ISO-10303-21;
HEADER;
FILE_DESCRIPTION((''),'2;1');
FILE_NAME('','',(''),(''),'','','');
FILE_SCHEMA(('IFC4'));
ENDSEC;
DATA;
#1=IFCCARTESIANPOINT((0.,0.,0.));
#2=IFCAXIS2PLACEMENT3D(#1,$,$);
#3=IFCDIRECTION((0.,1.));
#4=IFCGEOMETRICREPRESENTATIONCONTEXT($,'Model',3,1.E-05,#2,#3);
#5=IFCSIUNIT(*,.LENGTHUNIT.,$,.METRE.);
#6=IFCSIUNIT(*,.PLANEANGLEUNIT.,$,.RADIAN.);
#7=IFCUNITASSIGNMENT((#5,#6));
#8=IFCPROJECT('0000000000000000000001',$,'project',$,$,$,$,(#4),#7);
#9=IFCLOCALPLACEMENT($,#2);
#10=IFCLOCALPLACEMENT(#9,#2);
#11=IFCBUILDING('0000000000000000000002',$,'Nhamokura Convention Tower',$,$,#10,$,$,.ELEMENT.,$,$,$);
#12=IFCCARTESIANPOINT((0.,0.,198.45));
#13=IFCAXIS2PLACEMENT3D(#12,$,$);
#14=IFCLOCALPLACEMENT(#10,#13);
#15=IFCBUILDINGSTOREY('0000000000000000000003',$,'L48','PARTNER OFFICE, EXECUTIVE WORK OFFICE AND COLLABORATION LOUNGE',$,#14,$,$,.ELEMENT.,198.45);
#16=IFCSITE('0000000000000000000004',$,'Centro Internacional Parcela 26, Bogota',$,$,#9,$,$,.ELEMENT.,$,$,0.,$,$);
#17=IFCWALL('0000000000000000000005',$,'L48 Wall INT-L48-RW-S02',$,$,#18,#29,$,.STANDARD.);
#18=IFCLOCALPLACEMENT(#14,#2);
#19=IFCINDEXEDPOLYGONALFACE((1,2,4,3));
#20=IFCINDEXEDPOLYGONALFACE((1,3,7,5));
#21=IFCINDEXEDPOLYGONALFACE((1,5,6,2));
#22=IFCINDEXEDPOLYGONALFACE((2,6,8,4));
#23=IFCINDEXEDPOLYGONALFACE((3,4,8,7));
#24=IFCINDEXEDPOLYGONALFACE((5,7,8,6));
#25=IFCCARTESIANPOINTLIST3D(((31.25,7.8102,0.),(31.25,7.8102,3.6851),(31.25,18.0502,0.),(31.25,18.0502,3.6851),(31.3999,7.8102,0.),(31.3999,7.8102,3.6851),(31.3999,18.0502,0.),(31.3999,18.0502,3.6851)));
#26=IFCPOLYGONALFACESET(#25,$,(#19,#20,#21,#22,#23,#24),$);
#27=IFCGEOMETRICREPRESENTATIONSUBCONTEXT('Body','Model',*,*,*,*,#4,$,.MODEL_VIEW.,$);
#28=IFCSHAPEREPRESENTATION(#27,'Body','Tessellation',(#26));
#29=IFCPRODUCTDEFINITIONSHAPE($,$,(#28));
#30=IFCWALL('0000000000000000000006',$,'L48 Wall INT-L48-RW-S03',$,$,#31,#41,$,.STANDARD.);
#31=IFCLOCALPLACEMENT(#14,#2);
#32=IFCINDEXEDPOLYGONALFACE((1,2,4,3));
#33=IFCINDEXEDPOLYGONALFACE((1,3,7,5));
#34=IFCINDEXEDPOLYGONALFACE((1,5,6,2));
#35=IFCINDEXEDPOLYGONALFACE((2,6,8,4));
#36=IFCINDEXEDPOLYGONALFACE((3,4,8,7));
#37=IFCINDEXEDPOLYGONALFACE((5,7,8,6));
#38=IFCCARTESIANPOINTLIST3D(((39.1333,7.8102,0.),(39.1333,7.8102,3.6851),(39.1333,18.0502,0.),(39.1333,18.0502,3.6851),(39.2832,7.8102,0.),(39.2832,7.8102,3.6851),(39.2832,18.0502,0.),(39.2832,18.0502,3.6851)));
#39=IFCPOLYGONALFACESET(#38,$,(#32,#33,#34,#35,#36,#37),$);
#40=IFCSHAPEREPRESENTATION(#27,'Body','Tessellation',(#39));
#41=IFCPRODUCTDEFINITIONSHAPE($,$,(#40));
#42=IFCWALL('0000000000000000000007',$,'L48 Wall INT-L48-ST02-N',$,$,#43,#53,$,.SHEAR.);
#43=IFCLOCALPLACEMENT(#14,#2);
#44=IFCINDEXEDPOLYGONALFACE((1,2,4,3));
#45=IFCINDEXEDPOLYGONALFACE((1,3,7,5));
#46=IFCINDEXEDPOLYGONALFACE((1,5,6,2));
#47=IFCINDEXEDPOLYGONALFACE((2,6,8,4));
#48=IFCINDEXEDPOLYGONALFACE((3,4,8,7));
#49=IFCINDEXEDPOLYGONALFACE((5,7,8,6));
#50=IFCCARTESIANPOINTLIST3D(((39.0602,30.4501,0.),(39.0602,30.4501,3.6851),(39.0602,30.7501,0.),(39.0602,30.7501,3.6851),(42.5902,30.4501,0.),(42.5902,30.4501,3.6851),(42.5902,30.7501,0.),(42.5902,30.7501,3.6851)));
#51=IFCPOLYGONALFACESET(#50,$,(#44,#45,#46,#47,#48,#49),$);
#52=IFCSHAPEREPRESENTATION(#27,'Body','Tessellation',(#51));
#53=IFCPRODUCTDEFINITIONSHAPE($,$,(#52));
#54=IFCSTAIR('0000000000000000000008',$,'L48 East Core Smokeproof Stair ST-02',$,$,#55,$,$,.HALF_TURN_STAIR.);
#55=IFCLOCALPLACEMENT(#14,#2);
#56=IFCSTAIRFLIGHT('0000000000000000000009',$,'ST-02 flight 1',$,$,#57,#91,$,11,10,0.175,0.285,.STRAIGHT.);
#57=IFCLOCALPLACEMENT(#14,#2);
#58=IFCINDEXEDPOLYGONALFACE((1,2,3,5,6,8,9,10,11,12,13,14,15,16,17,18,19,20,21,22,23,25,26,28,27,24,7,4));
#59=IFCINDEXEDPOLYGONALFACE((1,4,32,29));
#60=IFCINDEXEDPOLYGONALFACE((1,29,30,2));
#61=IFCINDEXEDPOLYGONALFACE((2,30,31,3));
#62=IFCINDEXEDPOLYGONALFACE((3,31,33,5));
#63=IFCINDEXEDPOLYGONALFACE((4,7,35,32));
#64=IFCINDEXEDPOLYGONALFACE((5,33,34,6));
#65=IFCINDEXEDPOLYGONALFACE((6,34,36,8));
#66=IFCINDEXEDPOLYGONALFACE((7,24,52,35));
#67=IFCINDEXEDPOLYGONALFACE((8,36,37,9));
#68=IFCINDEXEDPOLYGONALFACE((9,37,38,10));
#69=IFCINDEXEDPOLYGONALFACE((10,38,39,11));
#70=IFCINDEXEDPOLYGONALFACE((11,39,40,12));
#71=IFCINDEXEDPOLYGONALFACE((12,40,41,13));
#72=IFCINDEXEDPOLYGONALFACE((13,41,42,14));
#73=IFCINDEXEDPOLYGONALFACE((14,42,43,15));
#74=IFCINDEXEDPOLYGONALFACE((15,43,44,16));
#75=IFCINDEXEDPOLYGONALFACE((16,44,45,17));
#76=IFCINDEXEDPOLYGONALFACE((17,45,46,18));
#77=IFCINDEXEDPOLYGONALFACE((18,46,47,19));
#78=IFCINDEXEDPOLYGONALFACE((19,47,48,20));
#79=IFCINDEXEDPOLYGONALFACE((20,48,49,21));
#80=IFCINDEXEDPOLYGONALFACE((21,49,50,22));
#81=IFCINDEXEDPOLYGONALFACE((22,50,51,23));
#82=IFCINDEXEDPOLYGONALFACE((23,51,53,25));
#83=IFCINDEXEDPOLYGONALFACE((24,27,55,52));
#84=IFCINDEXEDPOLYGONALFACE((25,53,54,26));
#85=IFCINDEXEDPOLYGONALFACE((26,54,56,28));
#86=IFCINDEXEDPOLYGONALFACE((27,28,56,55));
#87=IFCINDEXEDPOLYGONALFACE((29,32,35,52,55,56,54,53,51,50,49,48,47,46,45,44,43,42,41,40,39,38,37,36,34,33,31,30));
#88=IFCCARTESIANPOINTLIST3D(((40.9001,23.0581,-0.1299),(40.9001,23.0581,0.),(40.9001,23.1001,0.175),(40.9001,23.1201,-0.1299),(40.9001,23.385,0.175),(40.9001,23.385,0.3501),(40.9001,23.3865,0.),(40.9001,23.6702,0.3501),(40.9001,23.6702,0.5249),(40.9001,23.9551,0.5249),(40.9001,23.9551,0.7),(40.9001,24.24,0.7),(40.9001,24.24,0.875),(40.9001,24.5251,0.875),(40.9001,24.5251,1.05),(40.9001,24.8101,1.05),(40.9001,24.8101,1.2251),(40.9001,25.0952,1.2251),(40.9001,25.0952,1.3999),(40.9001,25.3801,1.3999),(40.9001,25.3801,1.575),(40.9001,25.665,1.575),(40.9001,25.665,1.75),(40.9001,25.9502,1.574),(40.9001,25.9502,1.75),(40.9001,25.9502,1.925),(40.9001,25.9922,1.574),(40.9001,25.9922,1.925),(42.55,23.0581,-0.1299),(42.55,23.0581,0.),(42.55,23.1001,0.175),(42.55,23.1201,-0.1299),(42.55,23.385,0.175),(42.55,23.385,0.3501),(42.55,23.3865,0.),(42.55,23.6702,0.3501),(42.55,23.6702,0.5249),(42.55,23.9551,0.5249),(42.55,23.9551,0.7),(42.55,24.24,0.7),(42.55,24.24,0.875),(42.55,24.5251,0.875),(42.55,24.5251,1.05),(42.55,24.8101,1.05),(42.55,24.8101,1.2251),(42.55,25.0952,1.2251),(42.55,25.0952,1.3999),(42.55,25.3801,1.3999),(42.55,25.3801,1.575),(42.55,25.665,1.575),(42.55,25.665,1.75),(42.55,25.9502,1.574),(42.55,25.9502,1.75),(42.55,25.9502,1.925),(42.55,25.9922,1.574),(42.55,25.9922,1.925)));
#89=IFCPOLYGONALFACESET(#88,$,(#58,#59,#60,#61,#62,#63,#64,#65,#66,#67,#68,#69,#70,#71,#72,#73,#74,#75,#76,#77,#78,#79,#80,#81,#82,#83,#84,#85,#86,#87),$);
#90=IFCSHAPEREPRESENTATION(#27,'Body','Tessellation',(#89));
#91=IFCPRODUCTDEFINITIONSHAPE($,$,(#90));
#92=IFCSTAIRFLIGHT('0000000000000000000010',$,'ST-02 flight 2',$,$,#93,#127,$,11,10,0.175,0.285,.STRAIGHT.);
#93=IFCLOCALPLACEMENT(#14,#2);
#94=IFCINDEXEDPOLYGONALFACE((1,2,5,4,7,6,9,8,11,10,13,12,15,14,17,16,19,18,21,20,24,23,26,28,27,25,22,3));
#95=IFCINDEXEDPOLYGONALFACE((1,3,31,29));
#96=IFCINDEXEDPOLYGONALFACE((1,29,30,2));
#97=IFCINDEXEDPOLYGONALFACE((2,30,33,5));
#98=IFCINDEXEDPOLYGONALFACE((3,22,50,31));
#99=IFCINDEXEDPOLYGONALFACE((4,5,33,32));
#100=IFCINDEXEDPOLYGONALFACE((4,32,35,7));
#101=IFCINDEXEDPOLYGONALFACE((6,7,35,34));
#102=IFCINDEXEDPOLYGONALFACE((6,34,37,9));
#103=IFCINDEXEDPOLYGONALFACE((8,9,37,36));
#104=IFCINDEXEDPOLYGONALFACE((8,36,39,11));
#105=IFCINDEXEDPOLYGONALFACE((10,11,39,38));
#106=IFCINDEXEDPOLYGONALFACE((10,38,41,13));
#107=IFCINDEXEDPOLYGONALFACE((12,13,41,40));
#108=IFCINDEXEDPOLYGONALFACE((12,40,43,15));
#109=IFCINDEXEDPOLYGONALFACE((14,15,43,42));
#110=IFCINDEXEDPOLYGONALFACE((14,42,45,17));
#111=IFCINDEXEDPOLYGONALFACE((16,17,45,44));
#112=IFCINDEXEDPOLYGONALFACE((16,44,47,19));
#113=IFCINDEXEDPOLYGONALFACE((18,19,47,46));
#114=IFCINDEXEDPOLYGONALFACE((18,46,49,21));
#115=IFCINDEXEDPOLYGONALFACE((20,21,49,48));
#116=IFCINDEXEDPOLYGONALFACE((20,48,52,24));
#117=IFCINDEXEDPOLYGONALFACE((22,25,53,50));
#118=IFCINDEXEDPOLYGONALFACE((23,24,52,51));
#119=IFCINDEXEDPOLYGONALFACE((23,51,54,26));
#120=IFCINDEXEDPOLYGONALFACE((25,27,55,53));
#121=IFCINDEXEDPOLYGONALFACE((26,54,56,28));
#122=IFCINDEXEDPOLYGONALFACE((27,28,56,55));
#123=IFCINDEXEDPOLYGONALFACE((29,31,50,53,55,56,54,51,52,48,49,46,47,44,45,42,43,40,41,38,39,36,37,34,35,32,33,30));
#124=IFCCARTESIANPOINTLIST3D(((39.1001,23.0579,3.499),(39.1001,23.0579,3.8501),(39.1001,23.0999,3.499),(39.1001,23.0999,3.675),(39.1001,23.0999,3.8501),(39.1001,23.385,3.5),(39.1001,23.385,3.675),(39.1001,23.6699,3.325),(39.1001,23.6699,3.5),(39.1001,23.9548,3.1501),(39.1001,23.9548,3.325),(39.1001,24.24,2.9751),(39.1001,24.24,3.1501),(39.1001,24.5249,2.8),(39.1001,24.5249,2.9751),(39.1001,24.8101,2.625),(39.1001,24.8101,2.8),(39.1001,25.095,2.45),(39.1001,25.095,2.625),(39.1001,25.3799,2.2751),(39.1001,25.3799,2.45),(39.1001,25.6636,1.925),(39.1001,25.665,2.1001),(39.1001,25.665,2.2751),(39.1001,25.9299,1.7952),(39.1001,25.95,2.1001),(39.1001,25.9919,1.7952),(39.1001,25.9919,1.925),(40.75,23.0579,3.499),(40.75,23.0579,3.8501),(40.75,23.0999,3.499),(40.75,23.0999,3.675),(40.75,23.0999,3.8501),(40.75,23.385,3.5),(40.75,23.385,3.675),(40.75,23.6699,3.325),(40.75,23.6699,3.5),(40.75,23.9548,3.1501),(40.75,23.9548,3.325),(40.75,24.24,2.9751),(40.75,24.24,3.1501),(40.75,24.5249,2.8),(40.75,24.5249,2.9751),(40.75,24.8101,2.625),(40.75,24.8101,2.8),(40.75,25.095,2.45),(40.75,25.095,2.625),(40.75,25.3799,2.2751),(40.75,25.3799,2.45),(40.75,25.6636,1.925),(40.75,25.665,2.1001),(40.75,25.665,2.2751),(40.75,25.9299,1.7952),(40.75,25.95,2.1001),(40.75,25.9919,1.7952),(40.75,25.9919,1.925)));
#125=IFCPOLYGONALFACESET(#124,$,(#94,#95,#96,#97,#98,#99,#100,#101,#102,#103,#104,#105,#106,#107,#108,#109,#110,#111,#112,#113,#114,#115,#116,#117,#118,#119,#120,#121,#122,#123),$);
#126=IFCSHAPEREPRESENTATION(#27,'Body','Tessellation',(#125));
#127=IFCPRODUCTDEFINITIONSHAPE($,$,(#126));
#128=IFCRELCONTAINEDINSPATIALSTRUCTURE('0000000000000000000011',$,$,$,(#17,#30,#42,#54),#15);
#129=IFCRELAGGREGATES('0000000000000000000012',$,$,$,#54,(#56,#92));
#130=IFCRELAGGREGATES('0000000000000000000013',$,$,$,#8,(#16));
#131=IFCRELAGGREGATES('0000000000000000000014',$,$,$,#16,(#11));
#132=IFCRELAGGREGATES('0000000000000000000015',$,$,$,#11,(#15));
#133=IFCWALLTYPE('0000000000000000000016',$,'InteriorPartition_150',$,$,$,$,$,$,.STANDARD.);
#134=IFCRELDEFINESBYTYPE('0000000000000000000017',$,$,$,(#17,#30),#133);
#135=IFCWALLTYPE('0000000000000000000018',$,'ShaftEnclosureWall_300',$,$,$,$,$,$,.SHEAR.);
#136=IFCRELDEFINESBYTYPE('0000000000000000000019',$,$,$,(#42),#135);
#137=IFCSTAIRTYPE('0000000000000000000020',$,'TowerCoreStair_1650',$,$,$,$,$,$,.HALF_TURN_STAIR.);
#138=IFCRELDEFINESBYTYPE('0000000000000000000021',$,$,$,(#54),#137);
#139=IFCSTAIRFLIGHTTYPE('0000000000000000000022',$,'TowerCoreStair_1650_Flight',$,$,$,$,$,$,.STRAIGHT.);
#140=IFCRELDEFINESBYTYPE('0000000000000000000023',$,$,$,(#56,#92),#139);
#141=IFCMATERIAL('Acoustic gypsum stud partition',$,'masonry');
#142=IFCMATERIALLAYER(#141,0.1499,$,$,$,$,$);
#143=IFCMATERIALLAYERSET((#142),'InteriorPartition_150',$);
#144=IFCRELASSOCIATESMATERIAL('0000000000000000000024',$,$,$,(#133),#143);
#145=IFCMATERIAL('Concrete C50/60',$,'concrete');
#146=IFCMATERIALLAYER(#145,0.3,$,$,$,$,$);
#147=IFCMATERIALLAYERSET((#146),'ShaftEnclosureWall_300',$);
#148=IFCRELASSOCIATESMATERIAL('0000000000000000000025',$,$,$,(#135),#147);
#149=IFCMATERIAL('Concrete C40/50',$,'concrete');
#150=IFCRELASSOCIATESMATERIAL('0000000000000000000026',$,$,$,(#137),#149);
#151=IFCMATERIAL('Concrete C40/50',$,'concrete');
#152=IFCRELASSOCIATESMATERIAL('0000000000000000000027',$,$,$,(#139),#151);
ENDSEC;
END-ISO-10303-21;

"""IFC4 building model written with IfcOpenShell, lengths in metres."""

from ifc_helpers import new_model, si_unit, direction, frame, frame_2d, origin, place, context, subcontext, project, spatial, polyline, rectangle, outline, extrude, material, layer, layer_set, type_object, element, aggregate, save


model = new_model("IFC4")

# Units and contexts
model_context = context("Model", 3, precision=1e-05, world=origin(), true_north=direction((0.0, 1.0)))
body_context = subcontext(model_context, "Body", "Model", "MODEL_VIEW")
ifc_project = project(units=[si_unit("LENGTHUNIT", "METRE"), si_unit("PLANEANGLEUNIT", "RADIAN")], contexts=[model_context])

# Site, building, storey
site_placement = place(None, origin())
site = spatial("IfcSite", under=ifc_project, at=site_placement, Name="Centro Internacional Parcela 26, Bogota", CompositionType="ELEMENT", RefElevation=0.0)
building_placement = place(site_placement, origin())
building = spatial("IfcBuilding", under=site, at=building_placement, Name="Nhamokura Convention Tower", CompositionType="ELEMENT")
storey_placement = place(building_placement, frame((0.0, 0.0, 198.45)))
storey = spatial("IfcBuildingStorey", under=building, at=storey_placement, Name="L48", Description="PARTNER OFFICE, EXECUTIVE WORK OFFICE AND COLLABORATION LOUNGE", CompositionType="ELEMENT", Elevation=198.45)

# Walls
ifc_material_1 = material(Name="Acoustic gypsum stud partition", Category="masonry")
ifc_layer_1 = layer(ifc_material_1, 0.1499)
ifc_layer_set_1 = layer_set([ifc_layer_1], Name="InteriorPartition_150")
wall_type_1 = type_object("IfcWallType", Name="InteriorPartition_150", PredefinedType="STANDARD", material=ifc_layer_set_1)
for number, where, z_axis, x_axis, name in (
    (1, (31.325, 7.8101, 0.0), (0.0, 0.0, 1.0), (0.0, 1.0, 0.0), "L48 Wall INT-L48-RW-S02"),
    (2, (39.2083, 7.8101, 0.0), (0.0, 0.0, 1.0), (0.0, 1.0, 0.0), "L48 Wall INT-L48-RW-S03"),
):
    element("IfcWall", number, at=place(storey_placement, frame(where, z_axis=z_axis, x_axis=x_axis)), inside=storey, type_object=wall_type_1, Name=name, PredefinedType="STANDARD", context=body_context, shape_type="SweptSolid", body=[
        extrude(rectangle(XDim=10.24, YDim=0.1499, at=frame_2d((5.1201, 0.0))), origin(), (0.0, 0.0, 1.0), 3.6851),
    ])
ifc_material_2 = material(Name="Concrete C50/60", Category="concrete")
ifc_layer_2 = layer(ifc_material_2, 0.3)
ifc_layer_set_2 = layer_set([ifc_layer_2], Name="ShaftEnclosureWall_300")
wall_type_2 = type_object("IfcWallType", Name="ShaftEnclosureWall_300", PredefinedType="SHEAR", material=ifc_layer_set_2)
wall_1_placement = place(storey_placement, frame((39.0601, 30.6001, 0.0), z_axis=(0.0, 0.0, 1.0), x_axis=(1.0, 0.0, 0.0)))
element("IfcWall", 3, at=wall_1_placement, inside=storey, type_object=wall_type_2, Name="L48 Wall INT-L48-ST02-N", PredefinedType="SHEAR", context=body_context, shape_type="SweptSolid", body=[
    extrude(rectangle(XDim=3.53, YDim=0.3, at=frame_2d((1.7651, 0.0))), origin(), (0.0, 0.0, 1.0), 3.6851),
])

# Stair, stair flights
ifc_material_3 = material(Name="Concrete C40/50", Category="concrete")
stair_type = type_object("IfcStairType", Name="TowerCoreStair_1650", PredefinedType="HALF_TURN_STAIR", material=ifc_material_3)
stair_placement = place(storey_placement, origin())
stair = element("IfcStair", 4, at=stair_placement, inside=storey, type_object=stair_type, Name="L48 East Core Smokeproof Stair ST-02", PredefinedType="HALF_TURN_STAIR")
ifc_material_4 = material(Name="Concrete C40/50", Category="concrete")
stair_flight_type = type_object("IfcStairFlightType", Name="TowerCoreStair_1650_Flight", PredefinedType="STRAIGHT", material=ifc_material_4)
stair_flight_1_placement = place(storey_placement, frame((41.7251, 23.1001, 0.0), z_axis=(0.0, 0.0, 1.0), x_axis=(0.0, 1.0, 0.0)))
stair_flight_1 = element("IfcStairFlight", 5, at=stair_flight_1_placement, type_object=stair_flight_type, Name="ST-02 flight 1", NumberOfRisers=11, NumberOfTreads=10, PredefinedType="STRAIGHT", RiserHeight=0.175, TreadLength=0.285, context=body_context, shape_type="SweptSolid", body=[
    extrude(outline(polyline([(-0.042, 0.0), (0.0, 0.175), (0.2849, 0.175), (0.2849, 0.3501), (0.5701, 0.3501), (0.5701, 0.5249), (0.855, 0.5249), (0.855, 0.7), (1.1399, 0.7), (1.1399, 0.875), (1.425, 0.875), (1.425, 1.05), (1.71, 1.05), (1.71, 1.2251), (1.9951, 1.2251), (1.9951, 1.3999), (2.28, 1.3999), (2.28, 1.575), (2.5649, 1.575), (2.5649, 1.75), (2.8501, 1.75), (2.8501, 1.925), (2.8921, 1.925), (2.8921, 1.574), (2.8501, 1.574), (0.2864, 0.0), (0.02, -0.1299), (-0.042, -0.1299), (-0.042, 0.0)])), frame((0.0, 0.825, 0.0), z_axis=(0.0, -1.0, 0.0), x_axis=(1.0, 0.0, 0.0)), (0.0, 0.0, 1.0), 1.6499),
])
stair_flight_2_placement = place(storey_placement, frame((39.925, 25.95, 1.925), z_axis=(0.0, 0.0, 1.0), x_axis=(0.0, -1.0, 0.0)))
stair_flight_2 = element("IfcStairFlight", 6, at=stair_flight_2_placement, type_object=stair_flight_type, Name="ST-02 flight 2", NumberOfRisers=11, NumberOfTreads=10, PredefinedType="STRAIGHT", RiserHeight=0.175, TreadLength=0.285, context=body_context, shape_type="SweptSolid", body=[
    extrude(outline(polyline([(-0.042, 0.0), (0.0, 0.175), (0.2849, 0.175), (0.2849, 0.3501), (0.5701, 0.3501), (0.5701, 0.5249), (0.855, 0.5249), (0.855, 0.7), (1.1399, 0.7), (1.1399, 0.875), (1.425, 0.875), (1.425, 1.05), (1.71, 1.05), (1.71, 1.2251), (1.9951, 1.2251), (1.9951, 1.3999), (2.28, 1.3999), (2.28, 1.575), (2.5649, 1.575), (2.5649, 1.75), (2.8501, 1.75), (2.8501, 1.925), (2.8921, 1.925), (2.8921, 1.574), (2.8501, 1.574), (0.2864, 0.0), (0.02, -0.1299), (-0.042, -0.1299), (-0.042, 0.0)])), frame((0.0, 0.825, 0.0), z_axis=(0.0, -1.0, 0.0), x_axis=(1.0, 0.0, 0.0)), (0.0, 0.0, 1.0), 1.6499),
])
aggregate(stair, [stair_flight_1, stair_flight_2])

save(model, "model.ifc")
